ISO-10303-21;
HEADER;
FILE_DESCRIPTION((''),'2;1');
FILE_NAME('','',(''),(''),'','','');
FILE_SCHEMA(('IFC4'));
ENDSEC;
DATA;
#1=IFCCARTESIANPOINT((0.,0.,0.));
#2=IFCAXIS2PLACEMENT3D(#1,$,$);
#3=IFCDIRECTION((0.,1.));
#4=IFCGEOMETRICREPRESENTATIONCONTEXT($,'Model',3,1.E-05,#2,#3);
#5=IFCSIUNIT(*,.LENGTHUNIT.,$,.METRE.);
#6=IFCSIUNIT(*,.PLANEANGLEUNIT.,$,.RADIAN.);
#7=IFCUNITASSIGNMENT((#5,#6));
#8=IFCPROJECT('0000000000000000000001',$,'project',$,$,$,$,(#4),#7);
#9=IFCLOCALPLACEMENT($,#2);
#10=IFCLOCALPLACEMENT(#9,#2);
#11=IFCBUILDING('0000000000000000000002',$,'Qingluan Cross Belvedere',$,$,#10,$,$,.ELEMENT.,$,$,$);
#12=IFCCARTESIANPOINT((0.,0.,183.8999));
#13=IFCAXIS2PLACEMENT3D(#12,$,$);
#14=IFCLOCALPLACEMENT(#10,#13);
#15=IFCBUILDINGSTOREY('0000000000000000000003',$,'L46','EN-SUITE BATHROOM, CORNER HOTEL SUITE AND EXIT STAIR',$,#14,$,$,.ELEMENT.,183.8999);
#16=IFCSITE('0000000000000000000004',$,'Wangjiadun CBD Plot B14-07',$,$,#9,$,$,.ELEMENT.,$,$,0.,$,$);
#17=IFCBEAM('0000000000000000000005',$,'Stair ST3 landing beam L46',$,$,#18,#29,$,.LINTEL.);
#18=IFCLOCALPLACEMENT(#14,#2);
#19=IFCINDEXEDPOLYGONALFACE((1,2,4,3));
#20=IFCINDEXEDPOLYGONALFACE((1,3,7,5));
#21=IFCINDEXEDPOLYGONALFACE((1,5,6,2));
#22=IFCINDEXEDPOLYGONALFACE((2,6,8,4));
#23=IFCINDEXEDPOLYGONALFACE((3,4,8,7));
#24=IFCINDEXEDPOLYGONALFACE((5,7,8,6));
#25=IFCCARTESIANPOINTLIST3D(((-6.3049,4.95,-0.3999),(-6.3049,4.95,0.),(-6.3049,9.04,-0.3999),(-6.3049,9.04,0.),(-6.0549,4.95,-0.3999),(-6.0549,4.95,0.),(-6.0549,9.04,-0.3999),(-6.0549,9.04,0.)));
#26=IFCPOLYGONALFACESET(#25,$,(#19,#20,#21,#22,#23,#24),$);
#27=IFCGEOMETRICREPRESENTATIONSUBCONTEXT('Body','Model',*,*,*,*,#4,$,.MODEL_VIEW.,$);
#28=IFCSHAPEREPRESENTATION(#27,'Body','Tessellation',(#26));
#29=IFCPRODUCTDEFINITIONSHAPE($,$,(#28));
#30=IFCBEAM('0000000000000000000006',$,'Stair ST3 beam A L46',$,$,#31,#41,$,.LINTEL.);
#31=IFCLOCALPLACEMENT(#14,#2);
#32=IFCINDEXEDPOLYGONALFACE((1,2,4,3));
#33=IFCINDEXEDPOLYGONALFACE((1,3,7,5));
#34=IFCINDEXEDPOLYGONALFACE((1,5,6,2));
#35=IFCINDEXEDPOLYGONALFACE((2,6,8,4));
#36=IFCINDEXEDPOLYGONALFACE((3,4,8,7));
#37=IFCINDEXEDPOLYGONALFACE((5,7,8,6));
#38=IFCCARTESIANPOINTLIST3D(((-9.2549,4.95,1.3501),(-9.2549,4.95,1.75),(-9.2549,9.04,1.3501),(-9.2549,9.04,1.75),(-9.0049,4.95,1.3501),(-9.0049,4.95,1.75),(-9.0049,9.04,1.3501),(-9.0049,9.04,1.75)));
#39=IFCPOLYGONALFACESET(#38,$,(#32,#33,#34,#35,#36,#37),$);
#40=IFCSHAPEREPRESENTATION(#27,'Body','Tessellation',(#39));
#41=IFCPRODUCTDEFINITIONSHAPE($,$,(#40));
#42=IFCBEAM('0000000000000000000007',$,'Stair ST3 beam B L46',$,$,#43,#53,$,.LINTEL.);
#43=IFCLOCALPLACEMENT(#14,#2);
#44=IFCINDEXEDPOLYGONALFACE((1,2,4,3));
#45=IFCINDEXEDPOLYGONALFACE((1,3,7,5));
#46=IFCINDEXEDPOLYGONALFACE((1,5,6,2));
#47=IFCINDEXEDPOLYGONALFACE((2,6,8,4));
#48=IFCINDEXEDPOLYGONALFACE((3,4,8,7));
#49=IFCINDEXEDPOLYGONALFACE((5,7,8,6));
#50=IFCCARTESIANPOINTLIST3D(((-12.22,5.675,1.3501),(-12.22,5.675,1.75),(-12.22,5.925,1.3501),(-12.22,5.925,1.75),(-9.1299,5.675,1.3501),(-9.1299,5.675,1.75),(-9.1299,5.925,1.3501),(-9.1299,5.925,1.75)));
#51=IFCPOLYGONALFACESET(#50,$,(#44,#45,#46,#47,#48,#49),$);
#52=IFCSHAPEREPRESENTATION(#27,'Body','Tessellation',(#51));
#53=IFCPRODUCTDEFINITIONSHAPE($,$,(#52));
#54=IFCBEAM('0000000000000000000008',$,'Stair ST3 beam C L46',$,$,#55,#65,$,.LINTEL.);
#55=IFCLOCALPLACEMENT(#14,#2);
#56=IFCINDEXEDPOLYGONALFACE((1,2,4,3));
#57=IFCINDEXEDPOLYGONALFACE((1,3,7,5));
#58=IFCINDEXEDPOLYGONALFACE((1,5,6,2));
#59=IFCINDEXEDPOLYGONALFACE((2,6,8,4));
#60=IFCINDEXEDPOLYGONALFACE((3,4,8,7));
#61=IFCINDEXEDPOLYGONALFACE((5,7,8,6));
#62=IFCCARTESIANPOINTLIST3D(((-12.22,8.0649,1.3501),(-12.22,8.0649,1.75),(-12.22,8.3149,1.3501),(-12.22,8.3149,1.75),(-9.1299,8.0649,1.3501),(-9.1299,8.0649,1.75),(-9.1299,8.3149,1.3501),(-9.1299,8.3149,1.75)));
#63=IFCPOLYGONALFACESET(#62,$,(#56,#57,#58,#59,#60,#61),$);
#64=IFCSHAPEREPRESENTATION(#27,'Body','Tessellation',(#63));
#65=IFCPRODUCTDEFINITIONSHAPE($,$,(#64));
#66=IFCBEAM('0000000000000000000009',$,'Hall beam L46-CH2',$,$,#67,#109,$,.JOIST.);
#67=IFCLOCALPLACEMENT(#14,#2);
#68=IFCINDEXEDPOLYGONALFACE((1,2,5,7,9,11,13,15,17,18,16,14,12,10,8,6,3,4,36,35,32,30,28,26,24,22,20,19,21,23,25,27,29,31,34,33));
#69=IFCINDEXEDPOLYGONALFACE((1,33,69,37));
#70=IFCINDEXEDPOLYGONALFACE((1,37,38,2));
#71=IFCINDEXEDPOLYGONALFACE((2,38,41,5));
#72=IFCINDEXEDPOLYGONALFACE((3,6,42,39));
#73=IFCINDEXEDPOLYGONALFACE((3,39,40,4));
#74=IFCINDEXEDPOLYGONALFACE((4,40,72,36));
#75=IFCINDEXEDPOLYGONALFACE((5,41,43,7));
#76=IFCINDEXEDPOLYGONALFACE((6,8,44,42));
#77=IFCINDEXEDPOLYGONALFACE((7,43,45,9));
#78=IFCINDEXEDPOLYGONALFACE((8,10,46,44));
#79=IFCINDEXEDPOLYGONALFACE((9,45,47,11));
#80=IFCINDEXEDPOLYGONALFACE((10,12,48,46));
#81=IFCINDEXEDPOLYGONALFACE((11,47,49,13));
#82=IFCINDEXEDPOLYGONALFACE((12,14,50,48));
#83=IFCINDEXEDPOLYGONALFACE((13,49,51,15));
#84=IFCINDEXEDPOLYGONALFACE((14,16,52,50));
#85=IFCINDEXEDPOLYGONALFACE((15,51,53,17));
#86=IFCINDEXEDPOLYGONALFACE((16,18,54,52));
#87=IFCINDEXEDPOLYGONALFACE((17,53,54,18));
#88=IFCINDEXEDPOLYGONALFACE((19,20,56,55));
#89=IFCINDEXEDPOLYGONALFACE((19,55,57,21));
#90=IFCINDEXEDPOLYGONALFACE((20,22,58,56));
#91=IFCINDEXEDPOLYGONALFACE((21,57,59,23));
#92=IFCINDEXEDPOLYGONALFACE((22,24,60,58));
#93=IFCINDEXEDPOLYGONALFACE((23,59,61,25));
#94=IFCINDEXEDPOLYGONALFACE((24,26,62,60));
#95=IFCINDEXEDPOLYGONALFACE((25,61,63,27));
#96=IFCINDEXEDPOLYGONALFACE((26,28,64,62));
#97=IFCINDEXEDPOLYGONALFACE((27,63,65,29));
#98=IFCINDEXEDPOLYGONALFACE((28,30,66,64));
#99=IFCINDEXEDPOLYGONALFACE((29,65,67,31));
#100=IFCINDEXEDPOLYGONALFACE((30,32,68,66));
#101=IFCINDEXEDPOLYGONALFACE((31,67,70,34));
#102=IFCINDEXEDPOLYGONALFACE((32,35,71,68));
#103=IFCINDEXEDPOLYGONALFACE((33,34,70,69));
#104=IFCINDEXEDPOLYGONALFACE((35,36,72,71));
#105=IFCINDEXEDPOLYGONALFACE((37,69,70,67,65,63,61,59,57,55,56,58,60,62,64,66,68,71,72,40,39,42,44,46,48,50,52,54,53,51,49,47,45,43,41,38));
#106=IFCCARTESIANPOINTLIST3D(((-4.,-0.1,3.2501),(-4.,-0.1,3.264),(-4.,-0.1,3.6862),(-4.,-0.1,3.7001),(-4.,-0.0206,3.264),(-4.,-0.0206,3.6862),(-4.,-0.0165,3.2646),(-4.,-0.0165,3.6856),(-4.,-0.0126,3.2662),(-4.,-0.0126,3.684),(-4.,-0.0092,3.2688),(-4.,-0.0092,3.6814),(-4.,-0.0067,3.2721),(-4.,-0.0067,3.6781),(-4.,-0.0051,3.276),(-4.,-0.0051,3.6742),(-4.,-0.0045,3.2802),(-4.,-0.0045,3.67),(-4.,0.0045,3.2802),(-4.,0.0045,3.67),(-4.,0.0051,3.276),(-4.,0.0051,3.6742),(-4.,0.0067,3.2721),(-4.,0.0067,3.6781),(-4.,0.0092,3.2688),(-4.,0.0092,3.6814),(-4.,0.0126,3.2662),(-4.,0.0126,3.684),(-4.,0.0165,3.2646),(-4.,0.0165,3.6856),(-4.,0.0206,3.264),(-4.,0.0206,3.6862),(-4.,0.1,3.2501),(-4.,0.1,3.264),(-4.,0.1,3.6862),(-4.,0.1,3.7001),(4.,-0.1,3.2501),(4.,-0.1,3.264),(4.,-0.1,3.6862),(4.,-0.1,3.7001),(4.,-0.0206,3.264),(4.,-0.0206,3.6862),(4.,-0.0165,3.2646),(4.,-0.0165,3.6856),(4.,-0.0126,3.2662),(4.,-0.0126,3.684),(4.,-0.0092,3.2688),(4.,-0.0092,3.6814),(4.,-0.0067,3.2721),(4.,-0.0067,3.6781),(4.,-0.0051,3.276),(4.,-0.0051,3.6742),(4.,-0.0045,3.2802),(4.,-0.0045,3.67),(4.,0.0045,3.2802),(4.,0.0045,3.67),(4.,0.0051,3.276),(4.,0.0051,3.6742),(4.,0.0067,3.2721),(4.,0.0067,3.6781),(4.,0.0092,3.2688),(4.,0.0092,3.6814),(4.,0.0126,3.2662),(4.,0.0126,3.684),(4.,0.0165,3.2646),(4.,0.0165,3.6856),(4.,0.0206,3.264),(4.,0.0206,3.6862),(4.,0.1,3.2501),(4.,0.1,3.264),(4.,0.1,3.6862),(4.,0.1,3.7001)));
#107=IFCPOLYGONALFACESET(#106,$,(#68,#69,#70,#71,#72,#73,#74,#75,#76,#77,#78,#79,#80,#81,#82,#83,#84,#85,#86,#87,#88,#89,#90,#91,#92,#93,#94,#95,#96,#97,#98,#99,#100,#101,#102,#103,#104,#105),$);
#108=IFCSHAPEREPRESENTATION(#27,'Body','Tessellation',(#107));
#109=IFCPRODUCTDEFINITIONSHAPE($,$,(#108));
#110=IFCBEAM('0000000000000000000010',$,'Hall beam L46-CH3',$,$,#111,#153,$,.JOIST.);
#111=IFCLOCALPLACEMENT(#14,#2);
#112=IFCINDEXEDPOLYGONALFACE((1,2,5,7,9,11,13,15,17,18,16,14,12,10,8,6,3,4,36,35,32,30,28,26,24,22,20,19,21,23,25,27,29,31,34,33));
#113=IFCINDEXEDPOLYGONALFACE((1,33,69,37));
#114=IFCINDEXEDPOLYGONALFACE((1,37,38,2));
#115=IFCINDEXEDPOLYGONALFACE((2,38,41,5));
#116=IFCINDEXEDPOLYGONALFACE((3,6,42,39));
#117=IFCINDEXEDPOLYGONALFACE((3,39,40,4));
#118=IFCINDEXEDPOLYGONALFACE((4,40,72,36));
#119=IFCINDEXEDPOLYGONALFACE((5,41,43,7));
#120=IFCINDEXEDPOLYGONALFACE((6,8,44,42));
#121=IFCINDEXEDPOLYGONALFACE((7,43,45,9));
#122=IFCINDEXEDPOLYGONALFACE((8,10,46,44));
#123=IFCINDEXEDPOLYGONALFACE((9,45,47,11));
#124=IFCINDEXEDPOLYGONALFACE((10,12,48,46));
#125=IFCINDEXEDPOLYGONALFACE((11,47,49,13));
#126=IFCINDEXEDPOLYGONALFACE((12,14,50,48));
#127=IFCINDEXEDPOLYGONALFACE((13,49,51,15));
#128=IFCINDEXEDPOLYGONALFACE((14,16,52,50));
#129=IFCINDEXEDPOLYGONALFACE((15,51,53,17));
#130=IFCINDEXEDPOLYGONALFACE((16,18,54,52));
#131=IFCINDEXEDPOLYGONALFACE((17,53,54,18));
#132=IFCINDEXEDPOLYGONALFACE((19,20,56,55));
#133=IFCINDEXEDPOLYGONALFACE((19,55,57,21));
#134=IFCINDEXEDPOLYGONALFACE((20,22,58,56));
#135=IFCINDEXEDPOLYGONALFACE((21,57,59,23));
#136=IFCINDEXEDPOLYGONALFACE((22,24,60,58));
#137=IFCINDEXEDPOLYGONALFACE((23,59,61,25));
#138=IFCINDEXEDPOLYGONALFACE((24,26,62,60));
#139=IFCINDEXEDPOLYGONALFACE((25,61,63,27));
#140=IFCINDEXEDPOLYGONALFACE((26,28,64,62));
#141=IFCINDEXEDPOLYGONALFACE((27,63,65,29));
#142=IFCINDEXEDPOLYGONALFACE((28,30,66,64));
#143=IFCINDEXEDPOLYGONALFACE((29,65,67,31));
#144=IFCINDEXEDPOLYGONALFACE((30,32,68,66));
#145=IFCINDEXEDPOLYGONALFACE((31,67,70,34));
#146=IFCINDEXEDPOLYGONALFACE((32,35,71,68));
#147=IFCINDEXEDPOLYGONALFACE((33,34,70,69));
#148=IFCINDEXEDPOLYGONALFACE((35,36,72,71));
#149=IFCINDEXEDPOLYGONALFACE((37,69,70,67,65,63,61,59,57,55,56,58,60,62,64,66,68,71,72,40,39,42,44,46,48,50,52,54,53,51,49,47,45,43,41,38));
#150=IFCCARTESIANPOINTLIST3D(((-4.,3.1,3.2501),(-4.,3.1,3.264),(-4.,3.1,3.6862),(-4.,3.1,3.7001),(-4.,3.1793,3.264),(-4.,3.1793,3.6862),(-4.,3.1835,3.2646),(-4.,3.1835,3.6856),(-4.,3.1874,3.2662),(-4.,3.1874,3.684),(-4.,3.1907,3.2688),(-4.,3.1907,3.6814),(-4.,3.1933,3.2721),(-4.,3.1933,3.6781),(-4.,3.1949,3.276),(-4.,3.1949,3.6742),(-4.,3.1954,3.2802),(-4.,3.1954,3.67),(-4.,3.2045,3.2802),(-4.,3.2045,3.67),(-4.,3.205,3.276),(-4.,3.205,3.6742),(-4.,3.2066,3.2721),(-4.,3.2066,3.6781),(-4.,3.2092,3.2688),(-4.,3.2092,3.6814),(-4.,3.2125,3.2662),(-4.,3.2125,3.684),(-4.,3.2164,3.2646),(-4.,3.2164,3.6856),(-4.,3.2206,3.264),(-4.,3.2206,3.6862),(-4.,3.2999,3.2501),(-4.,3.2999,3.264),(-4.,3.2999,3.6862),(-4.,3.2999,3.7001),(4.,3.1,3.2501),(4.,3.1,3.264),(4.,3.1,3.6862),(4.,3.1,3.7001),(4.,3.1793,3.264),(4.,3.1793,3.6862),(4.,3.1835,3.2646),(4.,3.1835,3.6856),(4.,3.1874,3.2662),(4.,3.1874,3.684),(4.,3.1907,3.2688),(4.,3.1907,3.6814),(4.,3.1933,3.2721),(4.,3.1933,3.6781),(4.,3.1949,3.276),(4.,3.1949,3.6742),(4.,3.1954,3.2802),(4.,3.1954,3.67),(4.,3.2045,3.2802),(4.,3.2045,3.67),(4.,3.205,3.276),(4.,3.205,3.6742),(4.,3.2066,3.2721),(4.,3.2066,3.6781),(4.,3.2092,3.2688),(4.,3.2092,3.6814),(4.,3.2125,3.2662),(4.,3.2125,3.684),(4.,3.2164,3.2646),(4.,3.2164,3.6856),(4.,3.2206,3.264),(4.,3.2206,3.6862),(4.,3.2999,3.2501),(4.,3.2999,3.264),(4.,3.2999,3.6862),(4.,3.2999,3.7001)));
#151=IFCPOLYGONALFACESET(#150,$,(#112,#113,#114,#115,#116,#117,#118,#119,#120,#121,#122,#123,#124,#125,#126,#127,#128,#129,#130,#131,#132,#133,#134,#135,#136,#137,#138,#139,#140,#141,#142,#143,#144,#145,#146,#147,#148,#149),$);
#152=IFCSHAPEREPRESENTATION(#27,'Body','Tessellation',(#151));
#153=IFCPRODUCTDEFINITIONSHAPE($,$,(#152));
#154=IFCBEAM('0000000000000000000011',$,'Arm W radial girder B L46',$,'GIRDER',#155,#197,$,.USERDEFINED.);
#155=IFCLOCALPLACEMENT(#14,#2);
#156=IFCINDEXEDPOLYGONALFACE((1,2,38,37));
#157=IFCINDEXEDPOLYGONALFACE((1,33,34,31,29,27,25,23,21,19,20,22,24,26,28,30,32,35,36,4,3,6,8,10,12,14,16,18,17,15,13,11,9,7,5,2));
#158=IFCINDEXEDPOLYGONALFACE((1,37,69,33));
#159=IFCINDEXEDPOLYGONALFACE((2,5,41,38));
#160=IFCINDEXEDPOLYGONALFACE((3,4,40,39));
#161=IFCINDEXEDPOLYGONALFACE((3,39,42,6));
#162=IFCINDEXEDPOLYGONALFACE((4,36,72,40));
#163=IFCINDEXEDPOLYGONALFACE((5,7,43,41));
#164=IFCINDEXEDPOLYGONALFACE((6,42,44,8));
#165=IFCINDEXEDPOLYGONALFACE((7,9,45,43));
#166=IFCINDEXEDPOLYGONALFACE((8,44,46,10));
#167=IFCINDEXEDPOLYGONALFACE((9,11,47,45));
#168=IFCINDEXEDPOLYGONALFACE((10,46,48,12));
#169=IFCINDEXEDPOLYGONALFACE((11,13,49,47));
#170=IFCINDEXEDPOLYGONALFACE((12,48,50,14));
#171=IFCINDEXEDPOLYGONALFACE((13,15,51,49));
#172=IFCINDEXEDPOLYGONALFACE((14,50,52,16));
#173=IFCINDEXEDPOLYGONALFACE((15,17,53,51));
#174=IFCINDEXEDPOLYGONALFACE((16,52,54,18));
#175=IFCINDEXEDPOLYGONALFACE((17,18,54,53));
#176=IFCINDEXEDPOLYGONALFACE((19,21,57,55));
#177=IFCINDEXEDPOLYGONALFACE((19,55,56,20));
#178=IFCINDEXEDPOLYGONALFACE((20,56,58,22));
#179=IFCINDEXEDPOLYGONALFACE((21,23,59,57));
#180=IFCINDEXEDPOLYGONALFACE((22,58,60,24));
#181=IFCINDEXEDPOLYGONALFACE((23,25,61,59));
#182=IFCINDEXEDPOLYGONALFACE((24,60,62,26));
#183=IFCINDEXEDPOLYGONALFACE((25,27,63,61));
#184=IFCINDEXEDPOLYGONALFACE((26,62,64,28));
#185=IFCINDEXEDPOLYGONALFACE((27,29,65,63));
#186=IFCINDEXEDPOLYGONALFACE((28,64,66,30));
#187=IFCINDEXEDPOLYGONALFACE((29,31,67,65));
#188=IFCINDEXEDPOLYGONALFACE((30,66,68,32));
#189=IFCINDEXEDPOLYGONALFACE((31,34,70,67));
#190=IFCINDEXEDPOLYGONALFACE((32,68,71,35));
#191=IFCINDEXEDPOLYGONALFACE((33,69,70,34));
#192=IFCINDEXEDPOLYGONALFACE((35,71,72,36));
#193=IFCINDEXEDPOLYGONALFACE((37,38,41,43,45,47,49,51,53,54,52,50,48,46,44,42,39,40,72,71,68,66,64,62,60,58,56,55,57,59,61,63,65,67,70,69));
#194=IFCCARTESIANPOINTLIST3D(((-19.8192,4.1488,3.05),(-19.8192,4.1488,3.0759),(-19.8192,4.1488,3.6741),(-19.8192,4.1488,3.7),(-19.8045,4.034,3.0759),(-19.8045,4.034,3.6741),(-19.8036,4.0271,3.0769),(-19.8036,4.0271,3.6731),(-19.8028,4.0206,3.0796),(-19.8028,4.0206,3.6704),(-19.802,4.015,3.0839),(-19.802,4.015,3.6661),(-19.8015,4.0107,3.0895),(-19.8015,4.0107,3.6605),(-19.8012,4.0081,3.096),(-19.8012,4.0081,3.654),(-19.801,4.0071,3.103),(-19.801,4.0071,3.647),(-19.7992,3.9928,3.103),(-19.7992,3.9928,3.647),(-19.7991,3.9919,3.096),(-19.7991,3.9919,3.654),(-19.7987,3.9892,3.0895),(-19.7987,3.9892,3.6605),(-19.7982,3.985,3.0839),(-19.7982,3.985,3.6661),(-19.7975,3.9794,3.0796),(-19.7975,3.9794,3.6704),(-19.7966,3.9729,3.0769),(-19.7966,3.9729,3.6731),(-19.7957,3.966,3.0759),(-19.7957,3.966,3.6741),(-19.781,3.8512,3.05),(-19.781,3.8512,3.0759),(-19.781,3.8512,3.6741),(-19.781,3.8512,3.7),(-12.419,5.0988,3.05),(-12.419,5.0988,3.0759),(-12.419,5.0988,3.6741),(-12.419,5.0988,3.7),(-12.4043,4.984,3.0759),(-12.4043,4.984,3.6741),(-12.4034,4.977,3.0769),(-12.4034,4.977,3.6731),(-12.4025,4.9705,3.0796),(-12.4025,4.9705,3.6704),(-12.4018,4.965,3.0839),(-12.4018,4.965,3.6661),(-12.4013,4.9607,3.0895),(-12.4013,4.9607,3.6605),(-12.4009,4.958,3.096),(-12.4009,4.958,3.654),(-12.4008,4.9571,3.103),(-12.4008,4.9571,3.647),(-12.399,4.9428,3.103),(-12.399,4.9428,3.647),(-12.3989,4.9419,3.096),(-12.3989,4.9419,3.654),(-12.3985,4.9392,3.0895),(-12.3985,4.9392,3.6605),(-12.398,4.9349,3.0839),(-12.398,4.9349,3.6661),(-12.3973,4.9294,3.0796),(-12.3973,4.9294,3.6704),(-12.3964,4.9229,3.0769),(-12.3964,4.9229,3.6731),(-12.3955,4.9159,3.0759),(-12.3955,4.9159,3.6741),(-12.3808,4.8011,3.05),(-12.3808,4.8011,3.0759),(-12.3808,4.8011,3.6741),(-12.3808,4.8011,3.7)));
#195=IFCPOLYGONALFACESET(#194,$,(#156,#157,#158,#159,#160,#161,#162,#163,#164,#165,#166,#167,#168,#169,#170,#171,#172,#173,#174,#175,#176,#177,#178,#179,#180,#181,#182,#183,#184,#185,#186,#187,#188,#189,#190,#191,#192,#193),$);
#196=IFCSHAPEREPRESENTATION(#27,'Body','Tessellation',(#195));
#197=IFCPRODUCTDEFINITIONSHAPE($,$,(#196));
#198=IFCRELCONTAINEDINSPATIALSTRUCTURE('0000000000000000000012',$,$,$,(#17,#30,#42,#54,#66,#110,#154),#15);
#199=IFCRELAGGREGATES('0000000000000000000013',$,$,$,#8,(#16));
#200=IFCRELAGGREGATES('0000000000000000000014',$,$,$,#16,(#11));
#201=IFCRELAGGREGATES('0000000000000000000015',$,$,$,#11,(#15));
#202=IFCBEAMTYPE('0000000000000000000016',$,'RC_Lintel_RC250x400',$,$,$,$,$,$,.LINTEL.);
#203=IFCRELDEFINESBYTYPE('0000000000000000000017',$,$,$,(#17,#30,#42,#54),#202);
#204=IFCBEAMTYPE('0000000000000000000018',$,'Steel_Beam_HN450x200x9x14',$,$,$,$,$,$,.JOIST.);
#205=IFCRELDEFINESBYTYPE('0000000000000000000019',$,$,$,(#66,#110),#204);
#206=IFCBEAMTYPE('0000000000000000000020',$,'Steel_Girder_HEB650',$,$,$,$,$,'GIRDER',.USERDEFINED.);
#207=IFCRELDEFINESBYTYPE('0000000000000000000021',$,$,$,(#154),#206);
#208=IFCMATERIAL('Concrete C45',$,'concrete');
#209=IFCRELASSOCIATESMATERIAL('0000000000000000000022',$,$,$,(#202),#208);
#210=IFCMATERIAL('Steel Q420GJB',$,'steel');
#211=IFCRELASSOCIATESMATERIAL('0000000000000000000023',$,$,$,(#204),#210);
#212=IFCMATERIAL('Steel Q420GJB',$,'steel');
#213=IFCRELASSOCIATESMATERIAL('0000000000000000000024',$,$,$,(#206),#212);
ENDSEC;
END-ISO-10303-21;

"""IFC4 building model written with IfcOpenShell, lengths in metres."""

from ifc_helpers import new_model, si_unit, direction, frame, origin, origin_2d, place, context, subcontext, project, spatial, rectangle, i_section, extrude, material, material_profile, profile_set, type_object, element, save


model = new_model("IFC4")

# Units and contexts
model_context = context("Model", 3, precision=1e-05, world=origin(), true_north=direction((0.0, 1.0)))
body_context = subcontext(model_context, "Body", "Model", "MODEL_VIEW")
ifc_project = project(units=[si_unit("LENGTHUNIT", "METRE"), si_unit("PLANEANGLEUNIT", "RADIAN")], contexts=[model_context])

# Site, building, storey
site_placement = place(None, origin())
site = spatial("IfcSite", under=ifc_project, at=site_placement, Name="Wangjiadun CBD Plot B14-07", CompositionType="ELEMENT", RefElevation=0.0)
building_placement = place(site_placement, origin())
building = spatial("IfcBuilding", under=site, at=building_placement, Name="Qingluan Cross Belvedere", CompositionType="ELEMENT")
storey_placement = place(building_placement, frame((0.0, 0.0, 183.8999)))
storey = spatial("IfcBuildingStorey", under=building, at=storey_placement, Name="L46", Description="EN-SUITE BATHROOM, CORNER HOTEL SUITE AND EXIT STAIR", CompositionType="ELEMENT", Elevation=183.8999)

# Beams
ifc_material_1 = material(Name="Concrete C45", Category="concrete")
ifc_material_profile_1 = material_profile(ifc_material_1, rectangle(XDim=0.25, YDim=0.3999, at=origin_2d()), Name="RC250x400")
ifc_profile_set_1 = profile_set([ifc_material_profile_1], Name="Concrete C45")
beam_type_1 = type_object("IfcBeamType", Name="RC_Lintel_RC250x400", PredefinedType="LINTEL", material=ifc_profile_set_1)
for number, where, z_axis, x_axis, name in (
    (1, (-6.1799, 4.95, -0.2), (0.0, 1.0, 0.0), (-1.0, 0.0, 0.0), "Stair ST3 landing beam L46"),
    (2, (-9.1299, 4.95, 1.55), (0.0, 1.0, 0.0), (-1.0, 0.0, 0.0), "Stair ST3 beam A L46"),
):
    element("IfcBeam", number, at=place(storey_placement, frame(where, z_axis=z_axis, x_axis=x_axis)), inside=storey, type_object=beam_type_1, Name=name, PredefinedType="LINTEL", context=body_context, shape_type="SweptSolid", body=[
        extrude(rectangle(XDim=0.25, YDim=0.3999, at=origin_2d()), origin(), (0.0, 0.0, 1.0), 4.0901),
    ])
for number, where, z_axis, x_axis, name in (
    (3, (-12.22, 5.8, 1.55), (1.0, 0.0, 0.0), (0.0, 1.0, 0.0), "Stair ST3 beam B L46"),
    (4, (-12.22, 8.1899, 1.55), (1.0, 0.0, 0.0), (0.0, 1.0, 0.0), "Stair ST3 beam C L46"),
):
    element("IfcBeam", number, at=place(storey_placement, frame(where, z_axis=z_axis, x_axis=x_axis)), inside=storey, type_object=beam_type_1, Name=name, PredefinedType="LINTEL", context=body_context, shape_type="SweptSolid", body=[
        extrude(rectangle(XDim=0.25, YDim=0.3999, at=origin_2d()), origin(), (0.0, 0.0, 1.0), 3.0901),
    ])
ifc_material_2 = material(Name="Steel Q420GJB", Category="steel")
ifc_material_profile_2 = material_profile(ifc_material_2, i_section(OverallWidth=0.2, OverallDepth=0.45, WebThickness=0.009, FlangeThickness=0.0139, FilletRadius=0.0161, at=origin_2d()), Name="HN450x200x9x14")
ifc_profile_set_2 = profile_set([ifc_material_profile_2], Name="Steel Q420GJB")
beam_type_2 = type_object("IfcBeamType", Name="Steel_Beam_HN450x200x9x14", PredefinedType="JOIST", material=ifc_profile_set_2)
for number, where, z_axis, x_axis, name in (
    (5, (-4.0, 0.0, 3.4751), (1.0, 0.0, 0.0), (0.0, 1.0, 0.0), "Hall beam L46-CH2"),
    (6, (-4.0, 3.2, 3.4751), (1.0, 0.0, 0.0), (0.0, 1.0, 0.0), "Hall beam L46-CH3"),
):
    element("IfcBeam", number, at=place(storey_placement, frame(where, z_axis=z_axis, x_axis=x_axis)), inside=storey, type_object=beam_type_2, Name=name, PredefinedType="JOIST", context=body_context, shape_type="SweptSolid", body=[
        extrude(i_section(OverallWidth=0.2, OverallDepth=0.45, WebThickness=0.009, FlangeThickness=0.0139, FilletRadius=0.0161, at=origin_2d()), origin(), (0.0, 0.0, 1.0), 8.0),
    ])
ifc_material_3 = material(Name="Steel Q420GJB", Category="steel")
ifc_material_profile_3 = material_profile(ifc_material_3, i_section(OverallWidth=0.3, OverallDepth=0.6499, WebThickness=0.0144, FlangeThickness=0.0259, FilletRadius=0.0271, at=origin_2d()), Name="HEB650")
ifc_profile_set_3 = profile_set([ifc_material_profile_3], Name="Steel Q420GJB")
beam_type_3 = type_object("IfcBeamType", Name="Steel_Girder_HEB650", ElementType="GIRDER", PredefinedType="USERDEFINED", material=ifc_profile_set_3)
beam_placement = place(storey_placement, frame((-12.3999, 4.95, 3.375), z_axis=(-0.991861, -0.127324, 0.0), x_axis=(0.127324, -0.991861, 0.0)))
element("IfcBeam", 7, at=beam_placement, inside=storey, type_object=beam_type_3, Name="Arm W radial girder B L46", ObjectType="GIRDER", PredefinedType="USERDEFINED", context=body_context, shape_type="SweptSolid", body=[
    extrude(i_section(OverallWidth=0.3, OverallDepth=0.6499, WebThickness=0.0144, FlangeThickness=0.0259, FilletRadius=0.0271, at=origin_2d()), origin(), (0.0, 0.0, 1.0), 7.4609),
])

save(model, "model.ifc")
